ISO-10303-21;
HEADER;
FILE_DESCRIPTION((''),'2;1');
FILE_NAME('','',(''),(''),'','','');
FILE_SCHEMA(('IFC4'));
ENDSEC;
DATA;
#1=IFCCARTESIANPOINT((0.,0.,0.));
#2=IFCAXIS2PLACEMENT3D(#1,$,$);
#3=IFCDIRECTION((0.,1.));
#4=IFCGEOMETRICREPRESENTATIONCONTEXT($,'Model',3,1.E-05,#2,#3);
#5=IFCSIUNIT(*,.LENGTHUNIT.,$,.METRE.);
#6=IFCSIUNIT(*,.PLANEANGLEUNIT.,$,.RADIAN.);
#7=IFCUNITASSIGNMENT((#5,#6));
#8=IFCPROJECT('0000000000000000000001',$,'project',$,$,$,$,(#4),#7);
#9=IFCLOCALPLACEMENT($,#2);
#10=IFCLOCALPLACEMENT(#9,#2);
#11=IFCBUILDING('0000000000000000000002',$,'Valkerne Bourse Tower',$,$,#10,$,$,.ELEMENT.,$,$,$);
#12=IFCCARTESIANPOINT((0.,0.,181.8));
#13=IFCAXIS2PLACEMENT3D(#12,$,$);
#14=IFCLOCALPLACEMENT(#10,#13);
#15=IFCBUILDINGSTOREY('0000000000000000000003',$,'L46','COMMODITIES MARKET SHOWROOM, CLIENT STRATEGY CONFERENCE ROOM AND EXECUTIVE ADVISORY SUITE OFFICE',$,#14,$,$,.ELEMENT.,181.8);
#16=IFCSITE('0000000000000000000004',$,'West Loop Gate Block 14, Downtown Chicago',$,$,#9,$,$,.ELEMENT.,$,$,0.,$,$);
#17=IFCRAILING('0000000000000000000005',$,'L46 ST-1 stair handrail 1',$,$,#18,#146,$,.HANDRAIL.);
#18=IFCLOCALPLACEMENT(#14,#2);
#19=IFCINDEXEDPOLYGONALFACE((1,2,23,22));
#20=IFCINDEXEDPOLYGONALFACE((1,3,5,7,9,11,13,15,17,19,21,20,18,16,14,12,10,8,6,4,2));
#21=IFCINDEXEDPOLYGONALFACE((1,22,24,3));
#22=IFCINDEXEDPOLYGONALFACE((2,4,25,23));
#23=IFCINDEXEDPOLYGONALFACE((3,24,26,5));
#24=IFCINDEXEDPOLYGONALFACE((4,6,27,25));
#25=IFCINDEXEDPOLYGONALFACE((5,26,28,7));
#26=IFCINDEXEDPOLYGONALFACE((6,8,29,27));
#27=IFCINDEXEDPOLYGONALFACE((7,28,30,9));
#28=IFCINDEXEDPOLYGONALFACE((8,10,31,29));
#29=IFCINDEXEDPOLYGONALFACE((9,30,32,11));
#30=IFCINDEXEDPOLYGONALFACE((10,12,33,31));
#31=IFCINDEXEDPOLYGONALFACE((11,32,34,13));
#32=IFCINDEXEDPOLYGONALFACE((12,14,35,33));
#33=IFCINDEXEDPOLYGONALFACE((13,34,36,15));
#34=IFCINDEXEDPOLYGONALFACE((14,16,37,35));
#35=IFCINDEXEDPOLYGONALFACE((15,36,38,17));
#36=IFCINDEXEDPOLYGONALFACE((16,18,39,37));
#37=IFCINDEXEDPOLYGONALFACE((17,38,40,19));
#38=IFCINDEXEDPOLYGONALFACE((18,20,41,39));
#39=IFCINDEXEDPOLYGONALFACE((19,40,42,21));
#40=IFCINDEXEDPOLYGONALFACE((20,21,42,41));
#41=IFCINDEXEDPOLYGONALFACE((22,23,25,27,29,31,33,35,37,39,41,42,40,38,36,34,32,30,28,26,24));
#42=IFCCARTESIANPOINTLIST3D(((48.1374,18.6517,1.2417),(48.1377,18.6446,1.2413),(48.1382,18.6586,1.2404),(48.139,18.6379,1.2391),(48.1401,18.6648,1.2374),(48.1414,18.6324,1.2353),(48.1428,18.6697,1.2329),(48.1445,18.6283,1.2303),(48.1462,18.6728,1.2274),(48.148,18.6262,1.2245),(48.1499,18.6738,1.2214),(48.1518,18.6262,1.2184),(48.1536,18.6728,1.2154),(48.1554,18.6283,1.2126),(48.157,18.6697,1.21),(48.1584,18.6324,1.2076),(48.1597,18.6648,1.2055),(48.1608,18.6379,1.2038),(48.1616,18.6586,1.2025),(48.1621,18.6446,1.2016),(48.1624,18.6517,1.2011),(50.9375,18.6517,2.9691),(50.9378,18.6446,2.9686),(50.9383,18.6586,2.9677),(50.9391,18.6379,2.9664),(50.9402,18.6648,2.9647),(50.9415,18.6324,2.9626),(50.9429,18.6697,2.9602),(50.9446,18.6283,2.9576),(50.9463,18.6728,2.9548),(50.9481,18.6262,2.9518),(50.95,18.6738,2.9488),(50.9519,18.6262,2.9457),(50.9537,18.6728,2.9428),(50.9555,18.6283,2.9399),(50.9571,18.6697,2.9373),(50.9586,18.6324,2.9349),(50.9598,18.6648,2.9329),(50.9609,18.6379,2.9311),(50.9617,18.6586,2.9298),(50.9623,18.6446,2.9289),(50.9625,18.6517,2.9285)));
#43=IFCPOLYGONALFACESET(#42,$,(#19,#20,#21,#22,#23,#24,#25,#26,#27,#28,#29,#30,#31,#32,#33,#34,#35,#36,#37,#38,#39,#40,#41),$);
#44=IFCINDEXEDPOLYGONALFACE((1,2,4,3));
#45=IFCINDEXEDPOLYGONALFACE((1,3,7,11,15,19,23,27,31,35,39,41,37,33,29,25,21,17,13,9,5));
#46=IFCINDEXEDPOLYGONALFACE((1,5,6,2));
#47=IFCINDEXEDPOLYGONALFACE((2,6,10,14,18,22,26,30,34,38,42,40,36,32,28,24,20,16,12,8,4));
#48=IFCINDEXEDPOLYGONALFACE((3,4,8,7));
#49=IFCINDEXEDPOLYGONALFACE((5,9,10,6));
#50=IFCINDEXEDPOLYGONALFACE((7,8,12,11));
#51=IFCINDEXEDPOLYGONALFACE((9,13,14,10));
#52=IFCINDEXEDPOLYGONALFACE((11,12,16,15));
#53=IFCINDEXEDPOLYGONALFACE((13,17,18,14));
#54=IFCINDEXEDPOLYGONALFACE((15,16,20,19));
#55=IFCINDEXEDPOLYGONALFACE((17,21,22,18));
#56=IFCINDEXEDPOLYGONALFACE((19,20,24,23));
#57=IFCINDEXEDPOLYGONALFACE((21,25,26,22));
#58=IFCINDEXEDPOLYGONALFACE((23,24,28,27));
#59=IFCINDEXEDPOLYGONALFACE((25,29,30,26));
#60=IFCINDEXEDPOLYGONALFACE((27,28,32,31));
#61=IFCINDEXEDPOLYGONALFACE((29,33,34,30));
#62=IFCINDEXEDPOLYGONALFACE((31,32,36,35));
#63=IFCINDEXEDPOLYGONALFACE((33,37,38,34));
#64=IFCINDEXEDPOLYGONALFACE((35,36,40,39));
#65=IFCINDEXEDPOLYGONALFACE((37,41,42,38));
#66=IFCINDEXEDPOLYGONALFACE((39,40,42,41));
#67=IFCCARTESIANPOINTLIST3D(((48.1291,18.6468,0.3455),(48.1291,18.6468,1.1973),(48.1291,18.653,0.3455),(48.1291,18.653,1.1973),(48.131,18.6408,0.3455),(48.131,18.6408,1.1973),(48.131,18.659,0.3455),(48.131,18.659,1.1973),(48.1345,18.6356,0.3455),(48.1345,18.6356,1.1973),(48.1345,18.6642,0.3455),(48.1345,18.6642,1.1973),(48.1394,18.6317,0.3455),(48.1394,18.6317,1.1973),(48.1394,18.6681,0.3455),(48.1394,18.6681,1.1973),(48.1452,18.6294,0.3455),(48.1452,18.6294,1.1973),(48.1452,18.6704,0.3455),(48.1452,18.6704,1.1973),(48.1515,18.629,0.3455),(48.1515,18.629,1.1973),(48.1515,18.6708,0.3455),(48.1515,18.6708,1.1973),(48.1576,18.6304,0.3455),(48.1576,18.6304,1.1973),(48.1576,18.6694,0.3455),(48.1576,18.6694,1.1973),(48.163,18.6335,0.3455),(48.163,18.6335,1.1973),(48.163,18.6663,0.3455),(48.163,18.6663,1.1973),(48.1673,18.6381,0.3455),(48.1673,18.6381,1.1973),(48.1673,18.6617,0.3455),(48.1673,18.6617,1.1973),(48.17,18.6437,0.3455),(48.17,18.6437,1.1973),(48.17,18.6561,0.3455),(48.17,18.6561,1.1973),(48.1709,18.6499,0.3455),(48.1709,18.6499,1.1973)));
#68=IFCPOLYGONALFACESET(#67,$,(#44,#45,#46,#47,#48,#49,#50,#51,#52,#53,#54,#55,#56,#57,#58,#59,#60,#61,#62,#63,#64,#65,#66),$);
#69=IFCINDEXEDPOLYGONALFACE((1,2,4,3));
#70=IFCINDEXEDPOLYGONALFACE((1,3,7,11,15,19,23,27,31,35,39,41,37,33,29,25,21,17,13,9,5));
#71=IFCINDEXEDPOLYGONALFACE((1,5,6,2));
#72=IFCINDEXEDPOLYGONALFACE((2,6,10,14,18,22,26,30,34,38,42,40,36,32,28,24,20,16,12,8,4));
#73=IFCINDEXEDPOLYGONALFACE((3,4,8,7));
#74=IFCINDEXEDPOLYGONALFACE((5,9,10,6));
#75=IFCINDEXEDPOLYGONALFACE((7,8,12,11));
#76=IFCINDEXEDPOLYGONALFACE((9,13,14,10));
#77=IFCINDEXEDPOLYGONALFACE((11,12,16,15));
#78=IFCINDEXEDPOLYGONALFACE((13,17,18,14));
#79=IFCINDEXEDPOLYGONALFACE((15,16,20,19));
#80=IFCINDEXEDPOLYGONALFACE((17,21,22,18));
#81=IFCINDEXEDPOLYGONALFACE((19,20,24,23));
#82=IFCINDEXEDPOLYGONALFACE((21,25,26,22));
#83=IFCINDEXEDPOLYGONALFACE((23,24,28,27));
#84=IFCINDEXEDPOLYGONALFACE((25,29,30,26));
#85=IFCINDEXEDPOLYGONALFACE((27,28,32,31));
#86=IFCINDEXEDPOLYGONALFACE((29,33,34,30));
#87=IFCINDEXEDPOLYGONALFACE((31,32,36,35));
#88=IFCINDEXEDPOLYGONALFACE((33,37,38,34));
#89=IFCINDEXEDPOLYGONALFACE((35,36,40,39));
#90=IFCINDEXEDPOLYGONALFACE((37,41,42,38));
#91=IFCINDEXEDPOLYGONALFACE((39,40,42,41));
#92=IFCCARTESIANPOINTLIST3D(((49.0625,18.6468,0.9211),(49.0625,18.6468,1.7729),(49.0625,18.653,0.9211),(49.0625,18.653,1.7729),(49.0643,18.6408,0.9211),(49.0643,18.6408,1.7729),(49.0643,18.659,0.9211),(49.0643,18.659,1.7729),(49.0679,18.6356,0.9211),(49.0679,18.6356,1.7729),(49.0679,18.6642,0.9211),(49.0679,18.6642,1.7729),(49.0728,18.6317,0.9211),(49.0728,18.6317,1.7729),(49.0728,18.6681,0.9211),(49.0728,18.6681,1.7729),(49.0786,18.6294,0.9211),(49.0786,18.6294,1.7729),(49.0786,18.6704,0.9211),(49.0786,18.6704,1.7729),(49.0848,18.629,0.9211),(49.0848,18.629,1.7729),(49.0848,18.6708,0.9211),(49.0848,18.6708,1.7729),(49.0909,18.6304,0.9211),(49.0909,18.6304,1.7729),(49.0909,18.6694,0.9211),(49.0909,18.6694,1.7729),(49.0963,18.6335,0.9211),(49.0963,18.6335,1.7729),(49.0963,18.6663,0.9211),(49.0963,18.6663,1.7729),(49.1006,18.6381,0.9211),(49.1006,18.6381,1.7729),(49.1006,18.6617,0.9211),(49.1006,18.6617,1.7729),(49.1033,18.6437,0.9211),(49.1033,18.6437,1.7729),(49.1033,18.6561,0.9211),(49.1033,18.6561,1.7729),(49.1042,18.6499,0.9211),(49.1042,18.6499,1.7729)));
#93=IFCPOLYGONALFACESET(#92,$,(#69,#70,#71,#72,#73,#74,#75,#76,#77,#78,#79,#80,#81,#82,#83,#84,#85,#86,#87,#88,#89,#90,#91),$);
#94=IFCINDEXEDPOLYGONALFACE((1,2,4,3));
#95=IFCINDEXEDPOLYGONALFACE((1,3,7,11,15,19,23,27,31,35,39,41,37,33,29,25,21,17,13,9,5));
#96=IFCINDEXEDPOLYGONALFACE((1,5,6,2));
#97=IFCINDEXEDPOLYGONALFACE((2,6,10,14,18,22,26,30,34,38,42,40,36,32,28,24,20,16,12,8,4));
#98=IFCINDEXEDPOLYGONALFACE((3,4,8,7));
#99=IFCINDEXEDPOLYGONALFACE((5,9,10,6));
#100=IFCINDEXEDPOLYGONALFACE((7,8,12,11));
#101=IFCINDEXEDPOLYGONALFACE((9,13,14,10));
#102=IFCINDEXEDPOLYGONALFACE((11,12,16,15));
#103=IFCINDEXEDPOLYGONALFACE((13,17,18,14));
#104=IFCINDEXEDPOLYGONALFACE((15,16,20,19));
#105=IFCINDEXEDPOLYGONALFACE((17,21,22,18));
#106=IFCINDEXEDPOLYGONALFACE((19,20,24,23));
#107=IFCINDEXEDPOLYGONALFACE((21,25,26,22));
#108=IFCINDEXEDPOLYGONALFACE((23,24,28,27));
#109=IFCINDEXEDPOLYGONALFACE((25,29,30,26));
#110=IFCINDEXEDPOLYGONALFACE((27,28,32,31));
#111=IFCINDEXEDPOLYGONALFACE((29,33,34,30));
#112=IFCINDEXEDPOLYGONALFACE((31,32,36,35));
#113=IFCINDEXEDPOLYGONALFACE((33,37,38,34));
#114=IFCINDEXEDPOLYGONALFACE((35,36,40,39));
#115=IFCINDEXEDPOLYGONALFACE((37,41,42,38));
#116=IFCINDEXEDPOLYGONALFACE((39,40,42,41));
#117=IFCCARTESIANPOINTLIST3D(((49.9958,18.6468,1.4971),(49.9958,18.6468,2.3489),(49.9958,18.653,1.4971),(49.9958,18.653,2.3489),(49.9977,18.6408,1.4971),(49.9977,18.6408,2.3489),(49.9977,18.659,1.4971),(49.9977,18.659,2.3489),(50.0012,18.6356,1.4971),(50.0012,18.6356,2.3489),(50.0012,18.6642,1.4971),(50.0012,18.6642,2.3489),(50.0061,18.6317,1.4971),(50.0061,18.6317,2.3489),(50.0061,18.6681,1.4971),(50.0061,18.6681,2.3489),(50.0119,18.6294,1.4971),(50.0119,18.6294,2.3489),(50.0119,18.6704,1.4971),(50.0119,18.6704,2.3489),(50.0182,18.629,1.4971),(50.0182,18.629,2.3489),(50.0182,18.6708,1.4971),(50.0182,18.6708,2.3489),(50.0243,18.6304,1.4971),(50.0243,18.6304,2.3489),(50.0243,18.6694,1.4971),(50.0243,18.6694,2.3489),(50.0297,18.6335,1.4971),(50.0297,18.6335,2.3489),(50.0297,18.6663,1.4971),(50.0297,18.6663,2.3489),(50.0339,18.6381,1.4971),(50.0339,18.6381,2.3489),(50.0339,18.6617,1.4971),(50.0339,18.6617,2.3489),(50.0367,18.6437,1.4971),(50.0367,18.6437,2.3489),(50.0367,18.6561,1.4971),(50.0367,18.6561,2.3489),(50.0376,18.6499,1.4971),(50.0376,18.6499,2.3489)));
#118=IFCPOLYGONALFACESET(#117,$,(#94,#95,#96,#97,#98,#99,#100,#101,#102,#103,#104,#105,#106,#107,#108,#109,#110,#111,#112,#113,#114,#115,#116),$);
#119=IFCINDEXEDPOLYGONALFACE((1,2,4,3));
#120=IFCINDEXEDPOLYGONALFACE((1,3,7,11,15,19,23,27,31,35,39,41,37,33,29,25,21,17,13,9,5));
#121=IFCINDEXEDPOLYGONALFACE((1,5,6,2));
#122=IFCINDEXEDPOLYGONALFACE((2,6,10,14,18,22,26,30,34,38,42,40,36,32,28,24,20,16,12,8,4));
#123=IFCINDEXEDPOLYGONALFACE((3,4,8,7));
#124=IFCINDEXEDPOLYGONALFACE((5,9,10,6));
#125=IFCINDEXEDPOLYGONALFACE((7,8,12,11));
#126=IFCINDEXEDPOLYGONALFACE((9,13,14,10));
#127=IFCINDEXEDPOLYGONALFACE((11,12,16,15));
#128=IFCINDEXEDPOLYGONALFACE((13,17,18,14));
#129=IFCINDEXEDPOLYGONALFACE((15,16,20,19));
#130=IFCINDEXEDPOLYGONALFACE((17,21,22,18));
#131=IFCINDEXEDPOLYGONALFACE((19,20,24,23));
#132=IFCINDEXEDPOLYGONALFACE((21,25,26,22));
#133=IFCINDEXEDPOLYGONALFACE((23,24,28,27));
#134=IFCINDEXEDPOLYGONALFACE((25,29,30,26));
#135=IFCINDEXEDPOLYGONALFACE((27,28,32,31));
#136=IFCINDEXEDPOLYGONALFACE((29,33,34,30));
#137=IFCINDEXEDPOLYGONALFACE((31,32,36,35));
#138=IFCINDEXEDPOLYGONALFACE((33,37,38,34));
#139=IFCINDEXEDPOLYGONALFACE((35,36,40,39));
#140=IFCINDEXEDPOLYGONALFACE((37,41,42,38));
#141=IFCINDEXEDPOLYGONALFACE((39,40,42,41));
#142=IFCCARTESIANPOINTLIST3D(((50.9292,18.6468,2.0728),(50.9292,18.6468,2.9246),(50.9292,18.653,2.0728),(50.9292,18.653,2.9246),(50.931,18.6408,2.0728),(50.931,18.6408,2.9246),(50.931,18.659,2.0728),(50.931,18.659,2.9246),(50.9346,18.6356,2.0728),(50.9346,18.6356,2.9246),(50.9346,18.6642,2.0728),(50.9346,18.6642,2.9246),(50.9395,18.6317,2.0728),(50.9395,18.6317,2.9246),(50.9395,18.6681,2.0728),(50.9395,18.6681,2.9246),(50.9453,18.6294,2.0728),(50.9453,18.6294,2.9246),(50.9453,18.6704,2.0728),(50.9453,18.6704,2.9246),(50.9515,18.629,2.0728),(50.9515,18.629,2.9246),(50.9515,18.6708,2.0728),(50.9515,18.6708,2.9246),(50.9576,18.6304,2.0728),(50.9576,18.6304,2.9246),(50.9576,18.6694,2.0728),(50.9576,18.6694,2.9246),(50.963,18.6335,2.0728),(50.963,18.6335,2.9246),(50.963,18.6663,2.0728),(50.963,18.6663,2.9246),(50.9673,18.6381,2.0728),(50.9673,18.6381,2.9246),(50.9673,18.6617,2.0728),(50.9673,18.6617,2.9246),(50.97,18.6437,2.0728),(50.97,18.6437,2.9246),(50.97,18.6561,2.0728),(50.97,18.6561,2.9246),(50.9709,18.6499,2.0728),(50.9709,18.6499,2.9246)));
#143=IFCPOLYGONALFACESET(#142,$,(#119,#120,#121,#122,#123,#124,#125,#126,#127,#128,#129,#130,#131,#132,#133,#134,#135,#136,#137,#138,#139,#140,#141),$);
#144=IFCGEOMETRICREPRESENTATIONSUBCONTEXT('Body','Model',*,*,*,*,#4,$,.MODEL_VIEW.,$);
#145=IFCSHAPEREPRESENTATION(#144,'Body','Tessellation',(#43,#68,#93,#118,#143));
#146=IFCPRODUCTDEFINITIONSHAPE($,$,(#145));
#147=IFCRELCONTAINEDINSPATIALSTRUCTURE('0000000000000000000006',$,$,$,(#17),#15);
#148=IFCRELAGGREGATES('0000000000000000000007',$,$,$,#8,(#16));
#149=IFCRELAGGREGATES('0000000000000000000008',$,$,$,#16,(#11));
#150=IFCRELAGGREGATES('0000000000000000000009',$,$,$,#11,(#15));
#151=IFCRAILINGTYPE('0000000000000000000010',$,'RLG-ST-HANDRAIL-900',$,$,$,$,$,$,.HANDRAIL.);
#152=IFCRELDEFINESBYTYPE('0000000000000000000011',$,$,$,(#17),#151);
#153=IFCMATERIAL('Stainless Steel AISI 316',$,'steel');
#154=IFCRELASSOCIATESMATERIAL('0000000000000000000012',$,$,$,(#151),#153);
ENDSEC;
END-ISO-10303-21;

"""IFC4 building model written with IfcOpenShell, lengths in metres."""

from ifc_helpers import new_model, si_unit, direction, frame, origin, origin_2d, place, context, subcontext, project, spatial, circle, extrude, material, type_object, element, save


model = new_model("IFC4")

# Units and contexts
model_context = context("Model", 3, precision=1e-05, world=origin(), true_north=direction((0.0, 1.0)))
body_context = subcontext(model_context, "Body", "Model", "MODEL_VIEW")
ifc_project = project(units=[si_unit("LENGTHUNIT", "METRE"), si_unit("PLANEANGLEUNIT", "RADIAN")], contexts=[model_context])

# Site, building, storey
site_placement = place(None, origin())
site = spatial("IfcSite", under=ifc_project, at=site_placement, Name="West Loop Gate Block 14, Downtown Chicago", CompositionType="ELEMENT", RefElevation=0.0)
building_placement = place(site_placement, origin())
building = spatial("IfcBuilding", under=site, at=building_placement, Name="Valkerne Bourse Tower", CompositionType="ELEMENT")
storey_placement = place(building_placement, frame((0.0, 0.0, 181.8)))
storey = spatial("IfcBuildingStorey", under=building, at=storey_placement, Name="L46", Description="COMMODITIES MARKET SHOWROOM, CLIENT STRATEGY CONFERENCE ROOM AND EXECUTIVE ADVISORY SUITE OFFICE", CompositionType="ELEMENT", Elevation=181.8)

# Shared definitions
ifc_material_1 = material(Name="Stainless Steel AISI 316", Category="steel")

# Railing
railing_type_1 = type_object("IfcRailingType", Name="RLG-ST-HANDRAIL-900", PredefinedType="HANDRAIL", material=ifc_material_1)
railing_1_placement = place(storey_placement, frame((48.1499, 18.6499, 0.3455)))
element("IfcRailing", 1, at=railing_1_placement, inside=storey, type_object=railing_type_1, Name="L46 ST-1 stair handrail 1", PredefinedType="HANDRAIL", context=body_context, shape_type="SweptSolid", body=[
    extrude(circle(Radius=0.0239, at=origin_2d()), frame((0.0, 0.0, 0.876), z_axis=(0.85109, 0.0, 0.52502), x_axis=(0.0, 1.0, 0.0)), (0.0, 0.0, 1.0), 3.29),
    extrude(circle(Radius=0.021, at=origin_2d()), origin(), (0.0, 0.0, 1.0), 0.8518),
    extrude(circle(Radius=0.021, at=origin_2d()), frame((0.9333, 0.0, 0.5757)), (0.0, 0.0, 1.0), 0.8518),
    extrude(circle(Radius=0.021, at=origin_2d()), frame((1.8667, 0.0, 1.1516)), (0.0, 0.0, 1.0), 0.8518),
    extrude(circle(Radius=0.021, at=origin_2d()), frame((2.8, 0.0, 1.7273)), (0.0, 0.0, 1.0), 0.8518),
])

save(model, "model.ifc")
